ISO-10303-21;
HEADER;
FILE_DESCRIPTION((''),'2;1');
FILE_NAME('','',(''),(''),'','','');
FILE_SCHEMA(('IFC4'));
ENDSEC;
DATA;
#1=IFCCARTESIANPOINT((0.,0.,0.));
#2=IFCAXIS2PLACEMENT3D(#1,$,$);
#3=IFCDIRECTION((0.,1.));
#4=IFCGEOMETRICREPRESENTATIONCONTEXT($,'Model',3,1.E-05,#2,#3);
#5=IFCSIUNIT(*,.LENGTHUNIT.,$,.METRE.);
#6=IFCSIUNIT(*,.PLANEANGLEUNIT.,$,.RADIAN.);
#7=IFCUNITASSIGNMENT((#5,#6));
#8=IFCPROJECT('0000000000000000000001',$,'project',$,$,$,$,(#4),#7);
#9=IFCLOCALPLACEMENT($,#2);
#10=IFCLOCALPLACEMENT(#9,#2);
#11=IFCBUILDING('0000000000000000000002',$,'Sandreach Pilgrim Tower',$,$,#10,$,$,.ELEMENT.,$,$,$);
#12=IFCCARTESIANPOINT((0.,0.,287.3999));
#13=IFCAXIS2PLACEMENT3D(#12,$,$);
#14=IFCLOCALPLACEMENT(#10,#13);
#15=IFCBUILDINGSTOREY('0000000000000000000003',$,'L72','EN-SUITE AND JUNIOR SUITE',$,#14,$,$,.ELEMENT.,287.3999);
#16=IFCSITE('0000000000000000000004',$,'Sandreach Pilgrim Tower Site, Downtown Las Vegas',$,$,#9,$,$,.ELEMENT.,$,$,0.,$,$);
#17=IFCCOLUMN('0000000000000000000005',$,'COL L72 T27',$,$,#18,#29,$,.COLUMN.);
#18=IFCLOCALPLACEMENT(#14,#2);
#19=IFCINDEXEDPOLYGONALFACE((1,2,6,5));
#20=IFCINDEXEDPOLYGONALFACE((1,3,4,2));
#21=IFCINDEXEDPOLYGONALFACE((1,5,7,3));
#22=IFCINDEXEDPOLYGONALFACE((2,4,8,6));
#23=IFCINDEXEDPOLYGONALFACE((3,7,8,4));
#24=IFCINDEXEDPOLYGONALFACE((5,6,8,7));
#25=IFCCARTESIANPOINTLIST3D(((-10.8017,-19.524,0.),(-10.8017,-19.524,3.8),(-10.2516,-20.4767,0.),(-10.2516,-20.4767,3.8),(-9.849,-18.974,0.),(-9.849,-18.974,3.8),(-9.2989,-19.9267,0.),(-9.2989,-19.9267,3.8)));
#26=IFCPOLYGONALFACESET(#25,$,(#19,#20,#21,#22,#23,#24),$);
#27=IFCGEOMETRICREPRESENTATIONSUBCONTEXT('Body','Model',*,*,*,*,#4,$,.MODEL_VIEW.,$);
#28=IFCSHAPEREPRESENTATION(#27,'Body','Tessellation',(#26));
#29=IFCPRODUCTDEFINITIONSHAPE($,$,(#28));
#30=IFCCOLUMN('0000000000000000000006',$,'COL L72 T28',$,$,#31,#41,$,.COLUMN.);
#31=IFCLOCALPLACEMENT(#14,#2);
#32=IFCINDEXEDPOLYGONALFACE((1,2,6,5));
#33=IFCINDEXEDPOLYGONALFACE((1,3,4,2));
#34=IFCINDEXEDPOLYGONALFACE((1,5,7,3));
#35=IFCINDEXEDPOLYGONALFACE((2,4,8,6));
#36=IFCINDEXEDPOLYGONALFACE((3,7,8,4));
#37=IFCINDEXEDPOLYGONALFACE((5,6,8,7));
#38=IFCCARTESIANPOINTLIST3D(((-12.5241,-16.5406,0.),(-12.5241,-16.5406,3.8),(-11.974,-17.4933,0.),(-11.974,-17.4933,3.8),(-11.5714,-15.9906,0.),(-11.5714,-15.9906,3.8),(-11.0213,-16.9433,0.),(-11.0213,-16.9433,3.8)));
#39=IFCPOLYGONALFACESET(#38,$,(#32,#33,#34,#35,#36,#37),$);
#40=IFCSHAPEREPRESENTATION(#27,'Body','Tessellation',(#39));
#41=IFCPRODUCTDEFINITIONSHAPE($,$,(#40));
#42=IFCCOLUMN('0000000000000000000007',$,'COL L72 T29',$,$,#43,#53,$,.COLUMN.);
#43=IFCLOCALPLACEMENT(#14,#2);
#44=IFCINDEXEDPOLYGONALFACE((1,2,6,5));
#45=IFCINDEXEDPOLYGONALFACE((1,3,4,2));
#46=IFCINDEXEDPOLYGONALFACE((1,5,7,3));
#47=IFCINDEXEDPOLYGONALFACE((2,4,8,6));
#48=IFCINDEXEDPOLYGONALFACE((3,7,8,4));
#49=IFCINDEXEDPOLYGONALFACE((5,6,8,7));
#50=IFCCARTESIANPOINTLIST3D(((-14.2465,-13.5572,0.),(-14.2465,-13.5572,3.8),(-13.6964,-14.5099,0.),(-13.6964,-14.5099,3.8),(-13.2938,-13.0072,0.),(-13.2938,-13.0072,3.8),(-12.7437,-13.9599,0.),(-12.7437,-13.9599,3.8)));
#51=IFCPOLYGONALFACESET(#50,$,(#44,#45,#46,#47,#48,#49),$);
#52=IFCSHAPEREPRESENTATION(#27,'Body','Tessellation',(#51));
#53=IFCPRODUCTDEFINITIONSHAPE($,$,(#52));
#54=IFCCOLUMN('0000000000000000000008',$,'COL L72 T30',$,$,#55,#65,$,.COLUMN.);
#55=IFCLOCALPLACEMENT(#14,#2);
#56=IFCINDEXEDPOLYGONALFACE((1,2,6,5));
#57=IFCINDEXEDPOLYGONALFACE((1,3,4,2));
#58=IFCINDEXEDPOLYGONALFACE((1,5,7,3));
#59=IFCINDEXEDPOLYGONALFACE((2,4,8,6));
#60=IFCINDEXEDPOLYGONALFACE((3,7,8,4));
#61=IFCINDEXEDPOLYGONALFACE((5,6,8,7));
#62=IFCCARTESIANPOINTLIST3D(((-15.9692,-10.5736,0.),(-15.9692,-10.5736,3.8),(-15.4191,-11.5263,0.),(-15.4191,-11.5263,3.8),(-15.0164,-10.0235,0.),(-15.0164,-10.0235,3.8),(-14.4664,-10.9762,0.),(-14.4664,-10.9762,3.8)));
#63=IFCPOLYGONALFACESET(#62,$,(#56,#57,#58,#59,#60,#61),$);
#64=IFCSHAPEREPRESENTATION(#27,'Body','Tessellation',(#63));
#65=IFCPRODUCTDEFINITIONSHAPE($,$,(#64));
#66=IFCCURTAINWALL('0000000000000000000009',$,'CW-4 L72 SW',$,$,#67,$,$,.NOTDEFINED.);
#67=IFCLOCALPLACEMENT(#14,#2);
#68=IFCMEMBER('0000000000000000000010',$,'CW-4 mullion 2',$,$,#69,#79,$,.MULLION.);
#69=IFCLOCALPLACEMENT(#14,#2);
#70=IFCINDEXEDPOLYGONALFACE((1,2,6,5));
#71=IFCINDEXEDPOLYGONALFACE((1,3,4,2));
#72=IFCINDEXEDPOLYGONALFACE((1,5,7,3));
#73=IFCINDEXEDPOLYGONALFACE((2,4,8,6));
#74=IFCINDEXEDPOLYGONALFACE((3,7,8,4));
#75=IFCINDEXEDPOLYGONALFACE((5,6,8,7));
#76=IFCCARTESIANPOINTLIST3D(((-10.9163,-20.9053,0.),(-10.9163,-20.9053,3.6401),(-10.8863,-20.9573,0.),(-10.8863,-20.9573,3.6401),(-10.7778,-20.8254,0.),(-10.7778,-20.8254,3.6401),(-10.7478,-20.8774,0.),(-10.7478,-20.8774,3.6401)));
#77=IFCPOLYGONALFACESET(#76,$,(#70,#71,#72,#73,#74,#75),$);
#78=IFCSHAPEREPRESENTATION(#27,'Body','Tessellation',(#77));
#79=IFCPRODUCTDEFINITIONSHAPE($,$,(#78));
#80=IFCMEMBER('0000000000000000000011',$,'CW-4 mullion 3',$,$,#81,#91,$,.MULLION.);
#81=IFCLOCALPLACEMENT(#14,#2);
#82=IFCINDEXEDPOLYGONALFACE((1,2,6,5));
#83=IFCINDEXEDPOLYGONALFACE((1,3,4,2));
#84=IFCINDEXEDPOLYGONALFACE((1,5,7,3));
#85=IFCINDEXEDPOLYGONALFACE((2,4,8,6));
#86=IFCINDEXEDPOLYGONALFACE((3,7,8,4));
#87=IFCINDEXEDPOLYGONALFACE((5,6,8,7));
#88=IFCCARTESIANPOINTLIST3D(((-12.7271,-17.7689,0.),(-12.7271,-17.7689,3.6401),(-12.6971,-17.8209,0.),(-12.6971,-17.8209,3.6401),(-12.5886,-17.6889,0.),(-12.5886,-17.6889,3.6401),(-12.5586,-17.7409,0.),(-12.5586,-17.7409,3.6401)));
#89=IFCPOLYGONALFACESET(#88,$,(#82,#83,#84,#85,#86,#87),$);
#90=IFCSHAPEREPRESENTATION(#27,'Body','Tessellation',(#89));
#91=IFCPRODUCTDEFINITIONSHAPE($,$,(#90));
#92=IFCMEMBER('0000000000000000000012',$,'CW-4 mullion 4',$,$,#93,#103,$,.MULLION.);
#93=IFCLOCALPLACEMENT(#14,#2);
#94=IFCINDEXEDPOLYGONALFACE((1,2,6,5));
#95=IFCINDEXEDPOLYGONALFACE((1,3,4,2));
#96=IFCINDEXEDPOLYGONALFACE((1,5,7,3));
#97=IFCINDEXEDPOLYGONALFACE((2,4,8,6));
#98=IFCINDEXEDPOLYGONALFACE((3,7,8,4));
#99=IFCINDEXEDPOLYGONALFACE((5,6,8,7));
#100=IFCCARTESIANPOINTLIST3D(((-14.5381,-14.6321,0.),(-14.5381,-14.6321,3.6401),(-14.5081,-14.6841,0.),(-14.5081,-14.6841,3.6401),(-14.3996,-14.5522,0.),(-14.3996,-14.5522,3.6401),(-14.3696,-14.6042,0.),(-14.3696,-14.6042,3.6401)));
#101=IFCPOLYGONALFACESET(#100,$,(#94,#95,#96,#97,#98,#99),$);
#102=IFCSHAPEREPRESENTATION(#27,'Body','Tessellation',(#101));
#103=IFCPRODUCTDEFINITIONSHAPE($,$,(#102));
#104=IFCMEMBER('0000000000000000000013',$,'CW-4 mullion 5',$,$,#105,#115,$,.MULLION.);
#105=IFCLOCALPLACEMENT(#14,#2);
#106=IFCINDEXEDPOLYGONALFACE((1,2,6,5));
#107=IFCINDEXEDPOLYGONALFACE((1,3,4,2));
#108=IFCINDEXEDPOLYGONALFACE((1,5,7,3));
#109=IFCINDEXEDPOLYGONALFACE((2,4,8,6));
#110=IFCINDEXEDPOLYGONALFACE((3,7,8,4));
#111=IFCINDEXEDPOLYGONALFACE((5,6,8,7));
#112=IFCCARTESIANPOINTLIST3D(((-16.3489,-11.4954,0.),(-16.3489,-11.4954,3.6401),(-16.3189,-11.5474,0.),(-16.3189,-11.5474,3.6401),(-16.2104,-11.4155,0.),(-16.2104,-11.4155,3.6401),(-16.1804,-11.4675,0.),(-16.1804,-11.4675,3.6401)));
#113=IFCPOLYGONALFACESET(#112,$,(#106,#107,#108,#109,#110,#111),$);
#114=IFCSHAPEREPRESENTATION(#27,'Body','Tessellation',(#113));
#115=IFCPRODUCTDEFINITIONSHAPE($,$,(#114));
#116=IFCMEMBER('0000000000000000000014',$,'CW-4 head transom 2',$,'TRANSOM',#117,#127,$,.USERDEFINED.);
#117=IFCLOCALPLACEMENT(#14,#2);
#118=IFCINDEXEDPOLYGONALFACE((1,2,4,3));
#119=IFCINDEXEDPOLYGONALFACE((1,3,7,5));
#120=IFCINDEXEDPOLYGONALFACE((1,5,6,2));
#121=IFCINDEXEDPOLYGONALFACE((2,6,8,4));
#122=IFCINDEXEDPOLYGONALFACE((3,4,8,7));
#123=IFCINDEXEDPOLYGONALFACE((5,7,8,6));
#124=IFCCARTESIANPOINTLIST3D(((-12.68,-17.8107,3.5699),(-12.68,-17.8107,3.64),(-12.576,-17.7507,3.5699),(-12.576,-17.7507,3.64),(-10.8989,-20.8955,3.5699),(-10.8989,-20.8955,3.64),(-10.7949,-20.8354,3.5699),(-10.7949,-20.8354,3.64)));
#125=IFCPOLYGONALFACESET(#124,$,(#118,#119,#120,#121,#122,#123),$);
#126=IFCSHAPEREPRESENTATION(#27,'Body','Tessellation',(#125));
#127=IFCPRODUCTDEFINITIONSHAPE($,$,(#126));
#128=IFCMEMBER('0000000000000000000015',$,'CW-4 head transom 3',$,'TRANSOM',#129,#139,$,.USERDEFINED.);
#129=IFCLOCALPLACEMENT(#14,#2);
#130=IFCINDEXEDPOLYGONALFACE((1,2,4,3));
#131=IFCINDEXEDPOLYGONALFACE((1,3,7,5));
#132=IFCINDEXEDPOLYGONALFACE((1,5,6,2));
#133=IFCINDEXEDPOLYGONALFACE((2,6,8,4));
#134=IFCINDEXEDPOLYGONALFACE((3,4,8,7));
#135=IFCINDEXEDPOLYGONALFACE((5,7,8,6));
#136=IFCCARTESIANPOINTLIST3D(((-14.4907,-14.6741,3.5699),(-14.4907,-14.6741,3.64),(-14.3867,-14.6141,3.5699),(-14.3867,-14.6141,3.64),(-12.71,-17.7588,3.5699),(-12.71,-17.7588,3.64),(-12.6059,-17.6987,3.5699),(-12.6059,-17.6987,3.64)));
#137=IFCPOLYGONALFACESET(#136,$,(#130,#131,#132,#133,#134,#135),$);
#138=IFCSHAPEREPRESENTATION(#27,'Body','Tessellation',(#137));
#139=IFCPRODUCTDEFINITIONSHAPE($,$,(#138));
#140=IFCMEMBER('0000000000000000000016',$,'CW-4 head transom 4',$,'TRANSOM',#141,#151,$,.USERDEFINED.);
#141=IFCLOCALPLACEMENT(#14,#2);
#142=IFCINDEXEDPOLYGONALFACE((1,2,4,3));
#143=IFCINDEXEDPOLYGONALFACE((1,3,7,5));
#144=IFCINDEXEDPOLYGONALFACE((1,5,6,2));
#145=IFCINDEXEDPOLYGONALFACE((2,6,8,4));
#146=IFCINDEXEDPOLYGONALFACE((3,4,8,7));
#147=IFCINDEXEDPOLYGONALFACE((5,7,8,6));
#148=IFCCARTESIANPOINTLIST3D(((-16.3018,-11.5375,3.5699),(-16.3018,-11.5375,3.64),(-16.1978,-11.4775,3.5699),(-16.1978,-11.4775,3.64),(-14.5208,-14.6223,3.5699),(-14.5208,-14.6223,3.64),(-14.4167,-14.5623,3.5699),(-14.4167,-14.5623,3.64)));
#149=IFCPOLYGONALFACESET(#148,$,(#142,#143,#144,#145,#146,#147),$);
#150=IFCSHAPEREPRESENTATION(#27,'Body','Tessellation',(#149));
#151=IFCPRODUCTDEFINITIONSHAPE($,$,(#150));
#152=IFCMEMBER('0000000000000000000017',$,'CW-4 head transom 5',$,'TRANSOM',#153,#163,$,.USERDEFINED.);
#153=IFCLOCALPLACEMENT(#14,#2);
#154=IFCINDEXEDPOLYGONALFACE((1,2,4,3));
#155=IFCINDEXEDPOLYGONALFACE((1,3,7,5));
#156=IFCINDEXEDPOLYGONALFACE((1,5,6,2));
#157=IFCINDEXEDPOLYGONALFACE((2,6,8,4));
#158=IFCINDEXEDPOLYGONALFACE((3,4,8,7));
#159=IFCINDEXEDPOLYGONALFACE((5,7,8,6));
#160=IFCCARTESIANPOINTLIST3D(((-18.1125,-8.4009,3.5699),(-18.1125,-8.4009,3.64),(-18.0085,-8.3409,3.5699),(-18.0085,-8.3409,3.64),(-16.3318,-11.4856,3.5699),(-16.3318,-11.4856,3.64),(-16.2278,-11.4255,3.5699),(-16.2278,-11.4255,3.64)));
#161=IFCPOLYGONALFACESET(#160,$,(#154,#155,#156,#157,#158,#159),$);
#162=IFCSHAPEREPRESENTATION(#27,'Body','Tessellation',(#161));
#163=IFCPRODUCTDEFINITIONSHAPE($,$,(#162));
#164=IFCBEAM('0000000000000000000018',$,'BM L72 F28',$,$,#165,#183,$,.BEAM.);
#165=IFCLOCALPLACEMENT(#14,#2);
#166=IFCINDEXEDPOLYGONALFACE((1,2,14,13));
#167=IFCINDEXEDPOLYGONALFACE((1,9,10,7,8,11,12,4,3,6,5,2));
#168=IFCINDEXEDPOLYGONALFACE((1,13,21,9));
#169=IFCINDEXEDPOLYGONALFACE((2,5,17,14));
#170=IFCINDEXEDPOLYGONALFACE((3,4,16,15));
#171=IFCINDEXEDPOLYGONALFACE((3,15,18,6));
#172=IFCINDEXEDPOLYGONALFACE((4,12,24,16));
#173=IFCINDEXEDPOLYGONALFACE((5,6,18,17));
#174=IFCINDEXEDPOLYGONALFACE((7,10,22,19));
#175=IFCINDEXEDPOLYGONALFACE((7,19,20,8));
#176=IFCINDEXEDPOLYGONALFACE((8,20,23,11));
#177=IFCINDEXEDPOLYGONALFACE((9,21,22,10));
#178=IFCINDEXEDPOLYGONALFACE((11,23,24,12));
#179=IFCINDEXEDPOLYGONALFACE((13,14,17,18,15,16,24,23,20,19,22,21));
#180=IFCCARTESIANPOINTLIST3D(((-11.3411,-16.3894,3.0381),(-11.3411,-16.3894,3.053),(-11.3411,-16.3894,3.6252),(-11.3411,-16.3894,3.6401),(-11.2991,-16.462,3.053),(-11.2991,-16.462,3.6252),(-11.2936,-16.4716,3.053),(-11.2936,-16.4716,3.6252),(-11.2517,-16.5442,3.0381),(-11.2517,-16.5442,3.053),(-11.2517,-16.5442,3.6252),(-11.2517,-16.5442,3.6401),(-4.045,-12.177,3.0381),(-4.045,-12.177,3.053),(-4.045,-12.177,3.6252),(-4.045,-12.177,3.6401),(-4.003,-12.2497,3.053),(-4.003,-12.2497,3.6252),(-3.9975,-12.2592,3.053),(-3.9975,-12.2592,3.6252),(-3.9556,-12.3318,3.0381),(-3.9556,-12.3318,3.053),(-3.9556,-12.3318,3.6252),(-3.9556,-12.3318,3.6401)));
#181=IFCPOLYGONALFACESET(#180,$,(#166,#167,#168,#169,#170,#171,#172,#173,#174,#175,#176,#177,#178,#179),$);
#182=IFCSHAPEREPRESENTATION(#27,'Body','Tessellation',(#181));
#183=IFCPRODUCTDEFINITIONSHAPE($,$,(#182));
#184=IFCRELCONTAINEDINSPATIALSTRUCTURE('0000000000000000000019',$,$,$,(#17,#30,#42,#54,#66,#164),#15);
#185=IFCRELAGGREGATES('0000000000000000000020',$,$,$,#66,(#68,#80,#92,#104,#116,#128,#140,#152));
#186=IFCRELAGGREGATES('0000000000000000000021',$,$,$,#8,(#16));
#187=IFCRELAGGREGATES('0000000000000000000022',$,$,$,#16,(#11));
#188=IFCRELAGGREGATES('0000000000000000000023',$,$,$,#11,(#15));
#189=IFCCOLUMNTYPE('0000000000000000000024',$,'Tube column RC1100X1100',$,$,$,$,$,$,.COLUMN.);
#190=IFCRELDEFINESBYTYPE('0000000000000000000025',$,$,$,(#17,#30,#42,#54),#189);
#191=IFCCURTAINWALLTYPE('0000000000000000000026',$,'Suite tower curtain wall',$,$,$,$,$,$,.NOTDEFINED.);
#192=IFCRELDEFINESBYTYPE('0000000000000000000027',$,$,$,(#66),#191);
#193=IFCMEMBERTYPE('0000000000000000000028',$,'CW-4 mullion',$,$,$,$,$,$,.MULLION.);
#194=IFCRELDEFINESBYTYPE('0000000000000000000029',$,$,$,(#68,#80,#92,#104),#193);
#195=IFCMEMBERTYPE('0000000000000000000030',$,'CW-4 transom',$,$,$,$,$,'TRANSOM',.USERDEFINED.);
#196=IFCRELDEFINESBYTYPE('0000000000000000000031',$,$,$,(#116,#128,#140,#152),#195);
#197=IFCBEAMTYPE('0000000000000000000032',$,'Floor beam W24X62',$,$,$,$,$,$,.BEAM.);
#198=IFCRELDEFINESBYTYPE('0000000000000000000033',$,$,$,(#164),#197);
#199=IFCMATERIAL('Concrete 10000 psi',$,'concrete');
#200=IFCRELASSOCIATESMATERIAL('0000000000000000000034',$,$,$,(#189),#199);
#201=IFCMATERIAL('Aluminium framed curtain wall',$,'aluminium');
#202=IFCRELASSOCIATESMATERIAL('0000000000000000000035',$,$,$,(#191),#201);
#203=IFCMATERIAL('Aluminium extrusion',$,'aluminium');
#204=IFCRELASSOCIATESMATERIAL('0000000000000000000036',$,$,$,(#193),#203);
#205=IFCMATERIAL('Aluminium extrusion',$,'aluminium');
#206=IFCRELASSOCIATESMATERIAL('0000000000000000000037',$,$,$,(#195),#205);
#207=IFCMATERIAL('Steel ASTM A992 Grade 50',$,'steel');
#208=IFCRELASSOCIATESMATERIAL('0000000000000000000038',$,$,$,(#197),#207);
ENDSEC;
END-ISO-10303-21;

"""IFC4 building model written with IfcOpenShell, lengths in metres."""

from ifc_helpers import new_model, si_unit, direction, frame, origin, origin_2d, place, context, subcontext, project, spatial, rectangle, i_section, extrude, material, material_profile, profile_set, type_object, element, aggregate, save


model = new_model("IFC4")

# Units and contexts
model_context = context("Model", 3, precision=1e-05, world=origin(), true_north=direction((0.0, 1.0)))
body_context = subcontext(model_context, "Body", "Model", "MODEL_VIEW")
ifc_project = project(units=[si_unit("LENGTHUNIT", "METRE"), si_unit("PLANEANGLEUNIT", "RADIAN")], contexts=[model_context])

# Site, building, storey
site_placement = place(None, origin())
site = spatial("IfcSite", under=ifc_project, at=site_placement, Name="Sandreach Pilgrim Tower Site, Downtown Las Vegas", CompositionType="ELEMENT", RefElevation=0.0)
building_placement = place(site_placement, origin())
building = spatial("IfcBuilding", under=site, at=building_placement, Name="Sandreach Pilgrim Tower", CompositionType="ELEMENT")
storey_placement = place(building_placement, frame((0.0, 0.0, 287.3999)))
storey = spatial("IfcBuildingStorey", under=building, at=storey_placement, Name="L72", Description="EN-SUITE AND JUNIOR SUITE", CompositionType="ELEMENT", Elevation=287.3999)

# Columns
ifc_material_1 = material(Name="Concrete 10000 psi", Category="concrete")
ifc_material_profile_1 = material_profile(ifc_material_1, rectangle(XDim=1.1001, YDim=1.1001, at=origin_2d()), Name="RC1100X1100")
ifc_profile_set_1 = profile_set([ifc_material_profile_1], Name="Concrete 10000 psi")
column_type = type_object("IfcColumnType", Name="Tube column RC1100X1100", PredefinedType="COLUMN", material=ifc_profile_set_1)
for number, where, z_axis, x_axis, name in (
    (1, (-10.0503, -19.7253, 0.0), (0.0, 0.0, 1.0), (-0.866025, -0.5, 0.0), "COL L72 T27"),
    (2, (-11.7727, -16.7419, 0.0), (0.0, 0.0, 1.0), (-0.866025, -0.5, 0.0), "COL L72 T28"),
    (3, (-13.4951, -13.7585, 0.0), (0.0, 0.0, 1.0), (-0.866025, -0.5, 0.0), "COL L72 T29"),
    (4, (-15.2178, -10.7749, 0.0), (0.0, 0.0, 1.0), (-0.866025, -0.5, 0.0), "COL L72 T30"),
):
    element("IfcColumn", number, at=place(storey_placement, frame(where, z_axis=z_axis, x_axis=x_axis)), inside=storey, type_object=column_type, Name=name, PredefinedType="COLUMN", context=body_context, shape_type="SweptSolid", body=[
        extrude(rectangle(XDim=1.1001, YDim=1.1001, at=origin_2d()), origin(), (0.0, 0.0, 1.0), 3.8),
    ])

# Curtain wall, members
ifc_material_2 = material(Name="Aluminium framed curtain wall", Category="aluminium")
curtain_wall_type = type_object("IfcCurtainWallType", Name="Suite tower curtain wall", PredefinedType="NOTDEFINED", material=ifc_material_2)
curtain_wall_placement = place(storey_placement, origin())
curtain_wall = element("IfcCurtainWall", 5, at=curtain_wall_placement, inside=storey, type_object=curtain_wall_type, Name="CW-4 L72 SW", PredefinedType="NOTDEFINED")
ifc_material_3 = material(Name="Aluminium extrusion", Category="aluminium")
ifc_material_profile_2 = material_profile(ifc_material_3, rectangle(XDim=0.0601, YDim=0.1599, at=origin_2d()), Name="CW-4M 60X160")
ifc_profile_set_2 = profile_set([ifc_material_profile_2], Name="Aluminium extrusion")
member_type_1 = type_object("IfcMemberType", Name="CW-4 mullion", PredefinedType="MULLION", material=ifc_profile_set_2)
member_1_placement = place(storey_placement, frame((-10.832, -20.8914, 0.0), z_axis=(0.0, 0.0, 1.0), x_axis=(-0.5, 0.866025, 0.0)))
member_1 = element("IfcMember", 6, at=member_1_placement, type_object=member_type_1, Name="CW-4 mullion 2", PredefinedType="MULLION", context=body_context, shape_type="SweptSolid", body=[
    extrude(rectangle(XDim=0.0601, YDim=0.1599, at=origin_2d()), origin(), (0.0, 0.0, 1.0), 3.6401),
])
member_2_placement = place(storey_placement, frame((-12.6428, -17.7549, 0.0), z_axis=(0.0, 0.0, 1.0), x_axis=(-0.5, 0.866025, 0.0)))
member_2 = element("IfcMember", 7, at=member_2_placement, type_object=member_type_1, Name="CW-4 mullion 3", PredefinedType="MULLION", context=body_context, shape_type="SweptSolid", body=[
    extrude(rectangle(XDim=0.0601, YDim=0.1599, at=origin_2d()), origin(), (0.0, 0.0, 1.0), 3.6401),
])
member_3_placement = place(storey_placement, frame((-14.4539, -14.6182, 0.0), z_axis=(0.0, 0.0, 1.0), x_axis=(-0.5, 0.866025, 0.0)))
member_3 = element("IfcMember", 8, at=member_3_placement, type_object=member_type_1, Name="CW-4 mullion 4", PredefinedType="MULLION", context=body_context, shape_type="SweptSolid", body=[
    extrude(rectangle(XDim=0.0601, YDim=0.1599, at=origin_2d()), origin(), (0.0, 0.0, 1.0), 3.6401),
])
member_4_placement = place(storey_placement, frame((-16.2646, -11.4814, 0.0), z_axis=(0.0, 0.0, 1.0), x_axis=(-0.5, 0.866025, 0.0)))
member_4 = element("IfcMember", 9, at=member_4_placement, type_object=member_type_1, Name="CW-4 mullion 5", PredefinedType="MULLION", context=body_context, shape_type="SweptSolid", body=[
    extrude(rectangle(XDim=0.0601, YDim=0.1599, at=origin_2d()), origin(), (0.0, 0.0, 1.0), 3.6401),
])
ifc_material_4 = material(Name="Aluminium extrusion", Category="aluminium")
ifc_material_profile_3 = material_profile(ifc_material_4, rectangle(XDim=0.1201, YDim=0.0701, at=origin_2d()), Name="CW-4T 120X70")
ifc_profile_set_3 = profile_set([ifc_material_profile_3], Name="Aluminium extrusion")
member_type_2 = type_object("IfcMemberType", Name="CW-4 transom", ElementType="TRANSOM", PredefinedType="USERDEFINED", material=ifc_profile_set_3)
member_5_placement = place(storey_placement, frame((-10.8469, -20.8655, 3.605), z_axis=(-0.500009, 0.86602, 0.0), x_axis=(-0.86602, -0.500009, 0.0)))
member_5 = element("IfcMember", 10, at=member_5_placement, type_object=member_type_2, Name="CW-4 head transom 2", ObjectType="TRANSOM", PredefinedType="USERDEFINED", context=body_context, shape_type="SweptSolid", body=[
    extrude(rectangle(XDim=0.1201, YDim=0.0701, at=origin_2d()), origin(), (0.0, 0.0, 1.0), 3.562),
])
member_6_placement = place(storey_placement, frame((-12.658, -17.7288, 3.605), z_axis=(-0.499958, 0.86605, 0.0), x_axis=(-0.86605, -0.499958, 0.0)))
member_6 = element("IfcMember", 11, at=member_6_placement, type_object=member_type_2, Name="CW-4 head transom 3", ObjectType="TRANSOM", PredefinedType="USERDEFINED", context=body_context, shape_type="SweptSolid", body=[
    extrude(rectangle(XDim=0.1201, YDim=0.0701, at=origin_2d()), origin(), (0.0, 0.0, 1.0), 3.5618),
])
member_7_placement = place(storey_placement, frame((-14.4688, -14.5923, 3.605), z_axis=(-0.500009, 0.86602, 0.0), x_axis=(-0.86602, -0.500009, 0.0)))
member_7 = element("IfcMember", 12, at=member_7_placement, type_object=member_type_2, Name="CW-4 head transom 4", ObjectType="TRANSOM", PredefinedType="USERDEFINED", context=body_context, shape_type="SweptSolid", body=[
    extrude(rectangle(XDim=0.1201, YDim=0.0701, at=origin_2d()), origin(), (0.0, 0.0, 1.0), 3.562),
])
member_8_placement = place(storey_placement, frame((-16.2798, -11.4556, 3.605), z_axis=(-0.499958, 0.86605, 0.0), x_axis=(-0.86605, -0.499958, 0.0)))
member_8 = element("IfcMember", 13, at=member_8_placement, type_object=member_type_2, Name="CW-4 head transom 5", ObjectType="TRANSOM", PredefinedType="USERDEFINED", context=body_context, shape_type="SweptSolid", body=[
    extrude(rectangle(XDim=0.1201, YDim=0.0701, at=origin_2d()), origin(), (0.0, 0.0, 1.0), 3.5618),
])

# Beam
ifc_material_5 = material(Name="Steel ASTM A992 Grade 50", Category="steel")
ifc_material_profile_4 = material_profile(ifc_material_5, i_section(OverallWidth=0.1787, OverallDepth=0.6021, WebThickness=0.011, FlangeThickness=0.0149, at=origin_2d()), Name="W24X62")
ifc_profile_set_4 = profile_set([ifc_material_profile_4], Name="Steel ASTM A992 Grade 50")
beam_type_1 = type_object("IfcBeamType", Name="Floor beam W24X62", PredefinedType="BEAM", material=ifc_profile_set_4)
beam_1_placement = place(storey_placement, frame((-11.2964, -16.4668, 3.3391), z_axis=(0.866027, 0.499998, 0.0), x_axis=(-0.499998, 0.866027, 0.0)))
element("IfcBeam", 14, at=beam_1_placement, inside=storey, type_object=beam_type_1, Name="BM L72 F28", PredefinedType="BEAM", context=body_context, shape_type="SweptSolid", body=[
    extrude(i_section(OverallWidth=0.1787, OverallDepth=0.6021, WebThickness=0.011, FlangeThickness=0.0149, at=origin_2d()), origin(), (0.0, 0.0, 1.0), 8.4248),
])

aggregate(curtain_wall, [member_1, member_2, member_3, member_4, member_5, member_6, member_7, member_8])

save(model, "model.ifc")
